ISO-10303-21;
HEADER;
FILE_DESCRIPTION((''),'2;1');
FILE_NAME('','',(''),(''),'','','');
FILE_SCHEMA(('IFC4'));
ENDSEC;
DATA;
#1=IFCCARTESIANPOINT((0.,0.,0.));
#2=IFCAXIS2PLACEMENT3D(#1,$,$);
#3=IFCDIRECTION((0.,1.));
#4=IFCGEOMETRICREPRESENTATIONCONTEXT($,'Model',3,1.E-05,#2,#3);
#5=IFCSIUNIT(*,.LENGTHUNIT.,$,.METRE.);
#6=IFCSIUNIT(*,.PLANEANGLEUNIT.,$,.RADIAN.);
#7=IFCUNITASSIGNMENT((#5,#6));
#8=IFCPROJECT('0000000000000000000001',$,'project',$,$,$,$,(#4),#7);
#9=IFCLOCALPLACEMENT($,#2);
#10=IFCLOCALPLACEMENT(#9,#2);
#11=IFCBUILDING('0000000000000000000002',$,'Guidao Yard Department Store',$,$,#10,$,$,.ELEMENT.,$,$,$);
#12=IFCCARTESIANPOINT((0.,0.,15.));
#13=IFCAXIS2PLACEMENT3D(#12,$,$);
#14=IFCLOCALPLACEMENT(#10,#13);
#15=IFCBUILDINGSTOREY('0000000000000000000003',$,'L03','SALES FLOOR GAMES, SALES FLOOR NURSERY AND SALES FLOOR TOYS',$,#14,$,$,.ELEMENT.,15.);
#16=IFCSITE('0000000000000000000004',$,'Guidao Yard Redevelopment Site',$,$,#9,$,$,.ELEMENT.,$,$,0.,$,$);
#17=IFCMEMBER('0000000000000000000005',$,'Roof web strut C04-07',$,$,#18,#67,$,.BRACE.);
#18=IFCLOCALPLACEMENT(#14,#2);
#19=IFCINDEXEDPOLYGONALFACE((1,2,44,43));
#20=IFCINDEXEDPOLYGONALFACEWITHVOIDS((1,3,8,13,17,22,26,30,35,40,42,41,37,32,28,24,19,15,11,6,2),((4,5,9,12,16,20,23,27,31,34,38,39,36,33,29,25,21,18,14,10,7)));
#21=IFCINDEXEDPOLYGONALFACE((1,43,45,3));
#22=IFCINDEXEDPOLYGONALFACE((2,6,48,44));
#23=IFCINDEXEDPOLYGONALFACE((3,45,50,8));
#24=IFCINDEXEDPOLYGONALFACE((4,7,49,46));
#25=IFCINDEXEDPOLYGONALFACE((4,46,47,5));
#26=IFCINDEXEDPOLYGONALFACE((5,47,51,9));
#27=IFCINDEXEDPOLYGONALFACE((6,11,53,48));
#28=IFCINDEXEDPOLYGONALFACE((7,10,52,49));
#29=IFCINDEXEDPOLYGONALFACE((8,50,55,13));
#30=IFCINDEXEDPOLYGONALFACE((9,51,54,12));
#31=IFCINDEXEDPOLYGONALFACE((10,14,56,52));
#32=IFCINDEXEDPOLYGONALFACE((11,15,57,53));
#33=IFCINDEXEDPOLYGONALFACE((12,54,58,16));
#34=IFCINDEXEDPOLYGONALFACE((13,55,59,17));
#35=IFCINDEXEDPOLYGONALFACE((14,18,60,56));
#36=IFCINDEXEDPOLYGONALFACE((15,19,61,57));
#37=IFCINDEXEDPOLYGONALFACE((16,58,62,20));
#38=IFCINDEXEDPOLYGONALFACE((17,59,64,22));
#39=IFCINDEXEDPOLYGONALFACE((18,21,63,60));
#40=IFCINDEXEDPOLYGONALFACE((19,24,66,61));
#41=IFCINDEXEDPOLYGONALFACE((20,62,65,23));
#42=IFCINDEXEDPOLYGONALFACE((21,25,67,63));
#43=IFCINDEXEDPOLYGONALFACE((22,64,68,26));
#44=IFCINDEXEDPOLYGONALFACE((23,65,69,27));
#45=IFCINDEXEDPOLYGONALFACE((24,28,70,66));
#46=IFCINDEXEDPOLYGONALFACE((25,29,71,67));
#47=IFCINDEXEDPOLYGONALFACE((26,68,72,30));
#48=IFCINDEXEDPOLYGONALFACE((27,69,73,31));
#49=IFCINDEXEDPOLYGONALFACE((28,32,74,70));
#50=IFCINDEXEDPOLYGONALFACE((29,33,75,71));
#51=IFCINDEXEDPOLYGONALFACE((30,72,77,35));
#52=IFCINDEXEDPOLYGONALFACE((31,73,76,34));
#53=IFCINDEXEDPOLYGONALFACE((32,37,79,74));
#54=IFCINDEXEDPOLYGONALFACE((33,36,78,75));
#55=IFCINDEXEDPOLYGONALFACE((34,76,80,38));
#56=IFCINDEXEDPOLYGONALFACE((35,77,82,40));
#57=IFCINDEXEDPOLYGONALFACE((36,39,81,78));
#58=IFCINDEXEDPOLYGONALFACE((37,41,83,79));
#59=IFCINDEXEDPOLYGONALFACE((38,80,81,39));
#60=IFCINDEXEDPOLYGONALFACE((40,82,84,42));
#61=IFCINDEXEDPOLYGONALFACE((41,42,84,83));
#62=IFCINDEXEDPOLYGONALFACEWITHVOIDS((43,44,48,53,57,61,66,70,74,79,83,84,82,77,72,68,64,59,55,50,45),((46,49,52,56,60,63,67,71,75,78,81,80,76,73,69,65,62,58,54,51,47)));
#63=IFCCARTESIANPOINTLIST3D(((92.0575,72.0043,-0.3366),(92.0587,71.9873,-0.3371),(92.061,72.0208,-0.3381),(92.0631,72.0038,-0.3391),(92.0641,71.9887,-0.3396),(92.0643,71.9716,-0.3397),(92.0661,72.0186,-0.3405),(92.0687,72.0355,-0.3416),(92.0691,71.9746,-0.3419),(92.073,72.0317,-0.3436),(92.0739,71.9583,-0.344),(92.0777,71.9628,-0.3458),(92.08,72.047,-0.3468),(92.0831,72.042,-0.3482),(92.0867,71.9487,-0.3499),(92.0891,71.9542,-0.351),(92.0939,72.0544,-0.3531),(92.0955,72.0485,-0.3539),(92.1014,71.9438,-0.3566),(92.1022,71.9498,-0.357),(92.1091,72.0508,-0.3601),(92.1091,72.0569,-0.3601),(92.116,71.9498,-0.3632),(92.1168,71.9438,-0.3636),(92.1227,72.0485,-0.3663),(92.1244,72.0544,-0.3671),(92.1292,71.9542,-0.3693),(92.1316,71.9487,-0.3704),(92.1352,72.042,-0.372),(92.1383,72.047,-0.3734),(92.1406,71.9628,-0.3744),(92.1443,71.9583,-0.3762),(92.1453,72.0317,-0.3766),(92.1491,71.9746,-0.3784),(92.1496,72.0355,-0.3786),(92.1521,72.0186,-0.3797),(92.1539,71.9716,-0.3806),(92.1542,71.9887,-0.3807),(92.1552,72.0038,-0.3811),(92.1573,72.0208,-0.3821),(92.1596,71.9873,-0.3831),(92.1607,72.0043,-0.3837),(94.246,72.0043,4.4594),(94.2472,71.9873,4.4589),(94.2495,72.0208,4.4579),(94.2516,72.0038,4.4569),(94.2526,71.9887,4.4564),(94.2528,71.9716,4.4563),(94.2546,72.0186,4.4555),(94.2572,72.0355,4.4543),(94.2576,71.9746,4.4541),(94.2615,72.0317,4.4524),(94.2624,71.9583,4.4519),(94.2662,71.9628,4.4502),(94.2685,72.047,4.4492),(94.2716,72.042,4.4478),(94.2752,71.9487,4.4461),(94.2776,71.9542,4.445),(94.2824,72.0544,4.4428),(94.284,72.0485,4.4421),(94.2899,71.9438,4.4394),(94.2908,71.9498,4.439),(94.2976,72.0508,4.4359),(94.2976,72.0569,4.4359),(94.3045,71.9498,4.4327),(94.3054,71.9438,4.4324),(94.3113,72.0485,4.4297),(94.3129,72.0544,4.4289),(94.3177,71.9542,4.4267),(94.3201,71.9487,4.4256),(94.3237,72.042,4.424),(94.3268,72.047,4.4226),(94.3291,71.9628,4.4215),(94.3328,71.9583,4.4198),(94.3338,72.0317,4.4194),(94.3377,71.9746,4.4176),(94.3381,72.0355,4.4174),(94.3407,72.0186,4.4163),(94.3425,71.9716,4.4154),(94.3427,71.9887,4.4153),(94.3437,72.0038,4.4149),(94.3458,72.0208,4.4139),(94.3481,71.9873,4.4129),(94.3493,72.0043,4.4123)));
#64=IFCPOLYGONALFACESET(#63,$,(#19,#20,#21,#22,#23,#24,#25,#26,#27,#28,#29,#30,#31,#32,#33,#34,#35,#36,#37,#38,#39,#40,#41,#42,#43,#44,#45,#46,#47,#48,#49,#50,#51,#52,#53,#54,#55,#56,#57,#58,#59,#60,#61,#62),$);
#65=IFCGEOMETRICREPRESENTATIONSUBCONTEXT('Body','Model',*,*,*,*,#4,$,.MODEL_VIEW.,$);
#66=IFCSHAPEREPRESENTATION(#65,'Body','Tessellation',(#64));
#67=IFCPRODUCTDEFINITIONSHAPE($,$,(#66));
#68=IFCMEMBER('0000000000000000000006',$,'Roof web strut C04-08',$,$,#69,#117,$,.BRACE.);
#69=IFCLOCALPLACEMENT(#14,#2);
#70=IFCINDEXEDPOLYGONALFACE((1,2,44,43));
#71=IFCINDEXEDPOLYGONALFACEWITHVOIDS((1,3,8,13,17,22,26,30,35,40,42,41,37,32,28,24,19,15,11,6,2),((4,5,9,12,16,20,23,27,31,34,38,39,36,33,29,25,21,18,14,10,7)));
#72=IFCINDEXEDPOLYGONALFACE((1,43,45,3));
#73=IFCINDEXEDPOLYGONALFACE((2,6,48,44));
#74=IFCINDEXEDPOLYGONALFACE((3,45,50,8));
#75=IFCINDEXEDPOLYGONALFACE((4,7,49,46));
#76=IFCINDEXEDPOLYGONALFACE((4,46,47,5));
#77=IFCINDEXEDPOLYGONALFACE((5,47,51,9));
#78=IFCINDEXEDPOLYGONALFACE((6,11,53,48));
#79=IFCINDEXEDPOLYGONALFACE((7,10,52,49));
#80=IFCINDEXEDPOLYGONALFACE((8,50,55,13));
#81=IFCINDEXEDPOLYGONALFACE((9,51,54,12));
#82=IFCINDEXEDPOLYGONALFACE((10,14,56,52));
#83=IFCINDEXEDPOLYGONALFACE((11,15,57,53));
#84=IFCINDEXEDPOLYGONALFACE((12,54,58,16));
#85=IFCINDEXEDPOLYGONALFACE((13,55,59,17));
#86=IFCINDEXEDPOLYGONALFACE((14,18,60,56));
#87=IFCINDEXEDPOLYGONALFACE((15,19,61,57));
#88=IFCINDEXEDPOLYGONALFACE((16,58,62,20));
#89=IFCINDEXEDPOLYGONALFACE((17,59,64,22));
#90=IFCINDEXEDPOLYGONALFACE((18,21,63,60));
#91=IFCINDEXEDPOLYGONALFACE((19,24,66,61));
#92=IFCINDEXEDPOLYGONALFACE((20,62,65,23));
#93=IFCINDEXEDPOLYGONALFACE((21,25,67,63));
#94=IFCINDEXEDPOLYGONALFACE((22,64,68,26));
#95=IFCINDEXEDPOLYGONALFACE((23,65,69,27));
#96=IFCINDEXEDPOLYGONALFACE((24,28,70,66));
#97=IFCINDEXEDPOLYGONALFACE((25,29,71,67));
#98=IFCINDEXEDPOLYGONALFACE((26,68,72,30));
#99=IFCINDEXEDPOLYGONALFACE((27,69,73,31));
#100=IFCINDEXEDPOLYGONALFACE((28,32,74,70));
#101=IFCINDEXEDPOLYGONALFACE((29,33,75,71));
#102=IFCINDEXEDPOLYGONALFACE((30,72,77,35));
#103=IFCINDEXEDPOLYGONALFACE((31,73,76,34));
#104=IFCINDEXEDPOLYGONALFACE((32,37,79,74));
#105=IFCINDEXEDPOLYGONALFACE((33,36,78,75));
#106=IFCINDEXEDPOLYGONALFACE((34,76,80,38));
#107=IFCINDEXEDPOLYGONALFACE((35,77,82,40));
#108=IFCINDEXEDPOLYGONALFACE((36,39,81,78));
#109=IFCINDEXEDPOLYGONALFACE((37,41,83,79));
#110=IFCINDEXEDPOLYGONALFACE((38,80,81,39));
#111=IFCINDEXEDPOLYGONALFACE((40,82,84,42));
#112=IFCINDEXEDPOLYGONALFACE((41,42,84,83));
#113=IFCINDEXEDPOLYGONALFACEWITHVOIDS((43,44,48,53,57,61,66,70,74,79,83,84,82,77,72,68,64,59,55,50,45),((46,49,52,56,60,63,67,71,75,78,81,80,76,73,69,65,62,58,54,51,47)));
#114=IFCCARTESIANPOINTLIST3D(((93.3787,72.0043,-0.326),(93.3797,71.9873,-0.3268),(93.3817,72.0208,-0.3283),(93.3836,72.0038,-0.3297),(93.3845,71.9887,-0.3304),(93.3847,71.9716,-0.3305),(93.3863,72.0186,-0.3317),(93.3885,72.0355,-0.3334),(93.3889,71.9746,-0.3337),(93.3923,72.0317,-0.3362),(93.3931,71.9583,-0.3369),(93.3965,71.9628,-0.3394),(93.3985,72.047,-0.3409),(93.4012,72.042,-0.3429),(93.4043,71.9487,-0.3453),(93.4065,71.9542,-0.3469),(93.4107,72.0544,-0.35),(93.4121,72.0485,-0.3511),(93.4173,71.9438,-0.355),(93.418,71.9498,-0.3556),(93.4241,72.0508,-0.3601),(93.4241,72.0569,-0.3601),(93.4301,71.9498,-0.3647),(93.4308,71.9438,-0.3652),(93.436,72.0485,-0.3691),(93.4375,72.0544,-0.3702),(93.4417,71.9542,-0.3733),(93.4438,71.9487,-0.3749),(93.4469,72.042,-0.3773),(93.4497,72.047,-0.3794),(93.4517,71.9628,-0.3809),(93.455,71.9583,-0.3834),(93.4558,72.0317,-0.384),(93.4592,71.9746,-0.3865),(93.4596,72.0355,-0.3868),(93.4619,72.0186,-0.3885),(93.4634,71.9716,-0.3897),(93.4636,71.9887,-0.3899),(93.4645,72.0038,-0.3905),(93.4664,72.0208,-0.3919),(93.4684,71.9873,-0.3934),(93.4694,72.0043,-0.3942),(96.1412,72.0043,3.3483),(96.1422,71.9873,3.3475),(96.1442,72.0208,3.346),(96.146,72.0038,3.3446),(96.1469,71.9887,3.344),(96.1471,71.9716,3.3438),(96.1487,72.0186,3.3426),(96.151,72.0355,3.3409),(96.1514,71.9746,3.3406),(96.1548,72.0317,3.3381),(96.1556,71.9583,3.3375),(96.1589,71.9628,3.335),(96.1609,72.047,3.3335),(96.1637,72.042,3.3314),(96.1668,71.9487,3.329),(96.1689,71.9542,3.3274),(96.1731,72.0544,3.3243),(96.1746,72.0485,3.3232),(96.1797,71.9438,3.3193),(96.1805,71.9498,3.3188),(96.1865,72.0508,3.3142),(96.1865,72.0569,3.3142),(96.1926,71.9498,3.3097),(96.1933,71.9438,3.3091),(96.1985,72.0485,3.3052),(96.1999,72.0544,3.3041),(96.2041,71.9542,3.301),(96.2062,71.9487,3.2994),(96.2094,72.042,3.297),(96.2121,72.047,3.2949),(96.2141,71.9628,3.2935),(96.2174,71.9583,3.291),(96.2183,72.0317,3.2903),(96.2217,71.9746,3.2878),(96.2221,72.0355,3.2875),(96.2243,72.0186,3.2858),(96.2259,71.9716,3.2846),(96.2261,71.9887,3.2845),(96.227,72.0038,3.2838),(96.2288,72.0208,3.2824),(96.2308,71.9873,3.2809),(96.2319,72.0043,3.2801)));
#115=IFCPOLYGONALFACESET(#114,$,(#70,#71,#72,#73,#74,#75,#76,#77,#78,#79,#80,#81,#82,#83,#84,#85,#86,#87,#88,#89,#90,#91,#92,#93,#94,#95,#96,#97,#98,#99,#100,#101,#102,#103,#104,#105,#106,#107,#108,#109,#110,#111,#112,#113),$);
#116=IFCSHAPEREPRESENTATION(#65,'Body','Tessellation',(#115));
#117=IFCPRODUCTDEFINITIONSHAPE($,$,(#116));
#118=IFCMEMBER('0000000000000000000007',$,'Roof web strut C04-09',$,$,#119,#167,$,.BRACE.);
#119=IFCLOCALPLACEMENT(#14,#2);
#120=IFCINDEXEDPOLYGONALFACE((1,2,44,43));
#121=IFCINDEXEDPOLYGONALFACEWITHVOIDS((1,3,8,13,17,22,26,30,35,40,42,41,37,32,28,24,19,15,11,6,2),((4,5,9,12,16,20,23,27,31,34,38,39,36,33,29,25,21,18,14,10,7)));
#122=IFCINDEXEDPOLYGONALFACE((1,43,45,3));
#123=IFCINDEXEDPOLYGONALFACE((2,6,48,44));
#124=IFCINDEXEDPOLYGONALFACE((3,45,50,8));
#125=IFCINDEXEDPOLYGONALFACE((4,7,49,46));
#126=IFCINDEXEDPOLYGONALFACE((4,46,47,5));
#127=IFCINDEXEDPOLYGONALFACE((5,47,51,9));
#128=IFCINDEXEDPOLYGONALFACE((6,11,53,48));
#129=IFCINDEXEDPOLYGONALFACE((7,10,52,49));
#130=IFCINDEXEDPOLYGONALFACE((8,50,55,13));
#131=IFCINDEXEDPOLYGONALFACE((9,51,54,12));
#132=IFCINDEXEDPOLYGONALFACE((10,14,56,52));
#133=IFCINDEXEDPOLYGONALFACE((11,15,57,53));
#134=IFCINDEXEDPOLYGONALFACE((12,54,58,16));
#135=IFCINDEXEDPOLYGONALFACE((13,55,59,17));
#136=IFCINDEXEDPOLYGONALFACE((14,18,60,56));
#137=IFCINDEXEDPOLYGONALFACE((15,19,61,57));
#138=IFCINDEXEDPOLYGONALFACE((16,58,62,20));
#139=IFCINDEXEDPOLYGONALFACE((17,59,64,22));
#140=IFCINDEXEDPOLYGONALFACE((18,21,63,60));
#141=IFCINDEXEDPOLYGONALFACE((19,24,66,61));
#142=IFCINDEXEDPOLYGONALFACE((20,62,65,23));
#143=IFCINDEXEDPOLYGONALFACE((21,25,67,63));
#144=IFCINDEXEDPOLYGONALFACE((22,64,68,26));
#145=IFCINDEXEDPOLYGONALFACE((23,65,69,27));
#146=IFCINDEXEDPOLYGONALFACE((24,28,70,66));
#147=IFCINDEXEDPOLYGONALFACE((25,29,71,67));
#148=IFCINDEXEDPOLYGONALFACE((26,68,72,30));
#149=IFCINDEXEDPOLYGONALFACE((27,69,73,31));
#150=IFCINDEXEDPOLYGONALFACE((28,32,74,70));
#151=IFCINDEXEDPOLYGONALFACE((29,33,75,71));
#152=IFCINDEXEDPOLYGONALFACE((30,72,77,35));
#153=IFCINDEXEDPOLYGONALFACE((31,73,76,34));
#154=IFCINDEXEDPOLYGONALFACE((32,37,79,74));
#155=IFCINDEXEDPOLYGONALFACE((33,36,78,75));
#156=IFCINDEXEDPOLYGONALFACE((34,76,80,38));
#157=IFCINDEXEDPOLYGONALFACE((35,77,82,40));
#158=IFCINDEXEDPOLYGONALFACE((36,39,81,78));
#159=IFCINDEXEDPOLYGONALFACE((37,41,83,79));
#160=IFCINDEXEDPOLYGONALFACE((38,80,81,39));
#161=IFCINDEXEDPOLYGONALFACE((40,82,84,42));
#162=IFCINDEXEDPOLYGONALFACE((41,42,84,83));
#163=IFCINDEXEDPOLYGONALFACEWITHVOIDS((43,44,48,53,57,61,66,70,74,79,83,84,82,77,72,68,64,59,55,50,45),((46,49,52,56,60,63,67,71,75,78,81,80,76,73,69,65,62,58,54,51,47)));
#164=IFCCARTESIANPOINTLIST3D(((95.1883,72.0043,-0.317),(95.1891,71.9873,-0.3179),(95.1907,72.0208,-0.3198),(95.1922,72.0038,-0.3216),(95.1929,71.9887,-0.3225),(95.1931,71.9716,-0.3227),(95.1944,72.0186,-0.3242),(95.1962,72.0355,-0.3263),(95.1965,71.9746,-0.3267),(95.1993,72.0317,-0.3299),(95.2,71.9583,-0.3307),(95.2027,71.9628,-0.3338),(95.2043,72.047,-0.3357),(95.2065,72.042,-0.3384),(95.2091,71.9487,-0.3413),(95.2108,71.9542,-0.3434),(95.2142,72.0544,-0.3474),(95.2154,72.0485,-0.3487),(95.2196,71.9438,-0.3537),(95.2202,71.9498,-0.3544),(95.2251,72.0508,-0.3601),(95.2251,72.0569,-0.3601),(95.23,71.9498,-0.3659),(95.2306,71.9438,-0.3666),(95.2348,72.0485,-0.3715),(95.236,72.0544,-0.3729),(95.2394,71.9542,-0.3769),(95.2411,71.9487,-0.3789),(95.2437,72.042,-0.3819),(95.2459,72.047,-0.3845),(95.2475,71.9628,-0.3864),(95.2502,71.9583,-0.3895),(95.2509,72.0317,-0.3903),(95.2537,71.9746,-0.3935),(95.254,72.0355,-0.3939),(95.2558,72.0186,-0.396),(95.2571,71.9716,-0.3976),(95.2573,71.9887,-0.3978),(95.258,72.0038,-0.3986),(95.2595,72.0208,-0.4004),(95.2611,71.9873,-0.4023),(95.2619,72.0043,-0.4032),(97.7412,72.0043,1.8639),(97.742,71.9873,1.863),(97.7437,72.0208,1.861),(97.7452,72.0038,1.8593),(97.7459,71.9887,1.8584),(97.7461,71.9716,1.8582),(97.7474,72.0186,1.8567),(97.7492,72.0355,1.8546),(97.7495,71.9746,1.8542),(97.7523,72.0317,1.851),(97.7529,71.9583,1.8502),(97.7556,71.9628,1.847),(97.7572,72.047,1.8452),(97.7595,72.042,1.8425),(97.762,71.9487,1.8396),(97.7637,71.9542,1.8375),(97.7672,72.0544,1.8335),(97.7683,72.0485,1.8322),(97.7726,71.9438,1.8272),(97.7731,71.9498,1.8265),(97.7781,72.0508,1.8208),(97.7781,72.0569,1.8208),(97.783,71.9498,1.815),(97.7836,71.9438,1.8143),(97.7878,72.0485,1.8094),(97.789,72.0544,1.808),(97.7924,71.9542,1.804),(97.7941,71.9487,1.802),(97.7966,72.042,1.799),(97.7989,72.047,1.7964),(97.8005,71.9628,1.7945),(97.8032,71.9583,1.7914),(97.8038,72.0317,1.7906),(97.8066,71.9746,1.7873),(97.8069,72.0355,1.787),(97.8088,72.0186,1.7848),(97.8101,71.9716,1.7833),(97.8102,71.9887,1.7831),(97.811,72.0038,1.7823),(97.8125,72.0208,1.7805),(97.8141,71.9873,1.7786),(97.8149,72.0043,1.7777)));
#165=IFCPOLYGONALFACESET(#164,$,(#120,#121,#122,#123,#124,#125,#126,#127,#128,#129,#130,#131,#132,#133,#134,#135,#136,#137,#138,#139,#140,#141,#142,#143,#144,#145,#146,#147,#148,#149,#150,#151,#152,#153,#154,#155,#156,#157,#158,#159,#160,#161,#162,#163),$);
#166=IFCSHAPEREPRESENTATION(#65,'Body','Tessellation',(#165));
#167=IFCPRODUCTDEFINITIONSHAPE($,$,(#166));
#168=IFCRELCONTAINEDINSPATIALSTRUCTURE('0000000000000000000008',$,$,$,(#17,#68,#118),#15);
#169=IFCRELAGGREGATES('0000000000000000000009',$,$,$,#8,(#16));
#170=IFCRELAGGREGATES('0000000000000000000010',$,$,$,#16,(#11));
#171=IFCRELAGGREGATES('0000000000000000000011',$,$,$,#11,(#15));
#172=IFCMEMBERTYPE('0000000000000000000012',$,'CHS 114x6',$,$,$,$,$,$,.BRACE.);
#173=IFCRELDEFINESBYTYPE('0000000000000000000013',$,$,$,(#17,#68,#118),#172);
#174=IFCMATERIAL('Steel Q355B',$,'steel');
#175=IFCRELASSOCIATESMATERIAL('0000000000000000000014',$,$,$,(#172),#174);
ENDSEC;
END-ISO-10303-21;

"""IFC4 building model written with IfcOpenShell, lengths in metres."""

from ifc_helpers import new_model, si_unit, direction, frame, origin, origin_2d, place, context, subcontext, project, spatial, hollow_circle, extrude, material, material_profile, profile_set, type_object, element, save


model = new_model("IFC4")

# Units and contexts
model_context = context("Model", 3, precision=1e-05, world=origin(), true_north=direction((0.0, 1.0)))
body_context = subcontext(model_context, "Body", "Model", "MODEL_VIEW")
ifc_project = project(units=[si_unit("LENGTHUNIT", "METRE"), si_unit("PLANEANGLEUNIT", "RADIAN")], contexts=[model_context])

# Site, building, storey
site_placement = place(None, origin())
site = spatial("IfcSite", under=ifc_project, at=site_placement, Name="Guidao Yard Redevelopment Site", CompositionType="ELEMENT", RefElevation=0.0)
building_placement = place(site_placement, origin())
building = spatial("IfcBuilding", under=site, at=building_placement, Name="Guidao Yard Department Store", CompositionType="ELEMENT")
storey_placement = place(building_placement, frame((0.0, 0.0, 15.0)))
storey = spatial("IfcBuildingStorey", under=building, at=storey_placement, Name="L03", Description="SALES FLOOR GAMES, SALES FLOOR NURSERY AND SALES FLOOR TOYS", CompositionType="ELEMENT", Elevation=15.0)

# Members
ifc_material_1 = material(Name="Steel Q355B", Category="steel")
ifc_material_profile_1 = material_profile(ifc_material_1, hollow_circle(Radius=0.0569, WallThickness=0.0061, at=origin_2d()), Name="CHS 114x6")
ifc_profile_set_1 = profile_set([ifc_material_profile_1], Name="Steel Q355B")
member_type_1 = type_object("IfcMemberType", Name="CHS 114x6", PredefinedType="BRACE", material=ifc_profile_set_1)
member_1_placement = place(storey_placement, frame((92.1091, 72.0, -0.3601), z_axis=(0.415142, 0.0, 0.909756), x_axis=(0.0, 1.0, 0.0)))
element("IfcMember", 1, at=member_1_placement, inside=storey, type_object=member_type_1, Name="Roof web strut C04-07", PredefinedType="BRACE", context=body_context, shape_type="SweptSolid", body=[
    extrude(hollow_circle(Radius=0.0569, WallThickness=0.0061, at=origin_2d()), origin(), (0.0, 0.0, 1.0), 5.2717),
])
member_2_placement = place(storey_placement, frame((93.4241, 72.0, -0.3601), z_axis=(0.600934, 0.0, 0.799298), x_axis=(0.0, 1.0, 0.0)))
element("IfcMember", 2, at=member_2_placement, inside=storey, type_object=member_type_1, Name="Roof web strut C04-08", PredefinedType="BRACE", context=body_context, shape_type="SweptSolid", body=[
    extrude(hollow_circle(Radius=0.0569, WallThickness=0.0061, at=origin_2d()), origin(), (0.0, 0.0, 1.0), 4.5969),
])
member_3_placement = place(storey_placement, frame((95.2251, 72.0, -0.3601), z_axis=(0.760339, 0.0, 0.649527), x_axis=(0.0, 1.0, 0.0)))
element("IfcMember", 3, at=member_3_placement, inside=storey, type_object=member_type_1, Name="Roof web strut C04-09", PredefinedType="BRACE", context=body_context, shape_type="SweptSolid", body=[
    extrude(hollow_circle(Radius=0.0569, WallThickness=0.0061, at=origin_2d()), origin(), (0.0, 0.0, 1.0), 3.3577),
])

save(model, "model.ifc")
